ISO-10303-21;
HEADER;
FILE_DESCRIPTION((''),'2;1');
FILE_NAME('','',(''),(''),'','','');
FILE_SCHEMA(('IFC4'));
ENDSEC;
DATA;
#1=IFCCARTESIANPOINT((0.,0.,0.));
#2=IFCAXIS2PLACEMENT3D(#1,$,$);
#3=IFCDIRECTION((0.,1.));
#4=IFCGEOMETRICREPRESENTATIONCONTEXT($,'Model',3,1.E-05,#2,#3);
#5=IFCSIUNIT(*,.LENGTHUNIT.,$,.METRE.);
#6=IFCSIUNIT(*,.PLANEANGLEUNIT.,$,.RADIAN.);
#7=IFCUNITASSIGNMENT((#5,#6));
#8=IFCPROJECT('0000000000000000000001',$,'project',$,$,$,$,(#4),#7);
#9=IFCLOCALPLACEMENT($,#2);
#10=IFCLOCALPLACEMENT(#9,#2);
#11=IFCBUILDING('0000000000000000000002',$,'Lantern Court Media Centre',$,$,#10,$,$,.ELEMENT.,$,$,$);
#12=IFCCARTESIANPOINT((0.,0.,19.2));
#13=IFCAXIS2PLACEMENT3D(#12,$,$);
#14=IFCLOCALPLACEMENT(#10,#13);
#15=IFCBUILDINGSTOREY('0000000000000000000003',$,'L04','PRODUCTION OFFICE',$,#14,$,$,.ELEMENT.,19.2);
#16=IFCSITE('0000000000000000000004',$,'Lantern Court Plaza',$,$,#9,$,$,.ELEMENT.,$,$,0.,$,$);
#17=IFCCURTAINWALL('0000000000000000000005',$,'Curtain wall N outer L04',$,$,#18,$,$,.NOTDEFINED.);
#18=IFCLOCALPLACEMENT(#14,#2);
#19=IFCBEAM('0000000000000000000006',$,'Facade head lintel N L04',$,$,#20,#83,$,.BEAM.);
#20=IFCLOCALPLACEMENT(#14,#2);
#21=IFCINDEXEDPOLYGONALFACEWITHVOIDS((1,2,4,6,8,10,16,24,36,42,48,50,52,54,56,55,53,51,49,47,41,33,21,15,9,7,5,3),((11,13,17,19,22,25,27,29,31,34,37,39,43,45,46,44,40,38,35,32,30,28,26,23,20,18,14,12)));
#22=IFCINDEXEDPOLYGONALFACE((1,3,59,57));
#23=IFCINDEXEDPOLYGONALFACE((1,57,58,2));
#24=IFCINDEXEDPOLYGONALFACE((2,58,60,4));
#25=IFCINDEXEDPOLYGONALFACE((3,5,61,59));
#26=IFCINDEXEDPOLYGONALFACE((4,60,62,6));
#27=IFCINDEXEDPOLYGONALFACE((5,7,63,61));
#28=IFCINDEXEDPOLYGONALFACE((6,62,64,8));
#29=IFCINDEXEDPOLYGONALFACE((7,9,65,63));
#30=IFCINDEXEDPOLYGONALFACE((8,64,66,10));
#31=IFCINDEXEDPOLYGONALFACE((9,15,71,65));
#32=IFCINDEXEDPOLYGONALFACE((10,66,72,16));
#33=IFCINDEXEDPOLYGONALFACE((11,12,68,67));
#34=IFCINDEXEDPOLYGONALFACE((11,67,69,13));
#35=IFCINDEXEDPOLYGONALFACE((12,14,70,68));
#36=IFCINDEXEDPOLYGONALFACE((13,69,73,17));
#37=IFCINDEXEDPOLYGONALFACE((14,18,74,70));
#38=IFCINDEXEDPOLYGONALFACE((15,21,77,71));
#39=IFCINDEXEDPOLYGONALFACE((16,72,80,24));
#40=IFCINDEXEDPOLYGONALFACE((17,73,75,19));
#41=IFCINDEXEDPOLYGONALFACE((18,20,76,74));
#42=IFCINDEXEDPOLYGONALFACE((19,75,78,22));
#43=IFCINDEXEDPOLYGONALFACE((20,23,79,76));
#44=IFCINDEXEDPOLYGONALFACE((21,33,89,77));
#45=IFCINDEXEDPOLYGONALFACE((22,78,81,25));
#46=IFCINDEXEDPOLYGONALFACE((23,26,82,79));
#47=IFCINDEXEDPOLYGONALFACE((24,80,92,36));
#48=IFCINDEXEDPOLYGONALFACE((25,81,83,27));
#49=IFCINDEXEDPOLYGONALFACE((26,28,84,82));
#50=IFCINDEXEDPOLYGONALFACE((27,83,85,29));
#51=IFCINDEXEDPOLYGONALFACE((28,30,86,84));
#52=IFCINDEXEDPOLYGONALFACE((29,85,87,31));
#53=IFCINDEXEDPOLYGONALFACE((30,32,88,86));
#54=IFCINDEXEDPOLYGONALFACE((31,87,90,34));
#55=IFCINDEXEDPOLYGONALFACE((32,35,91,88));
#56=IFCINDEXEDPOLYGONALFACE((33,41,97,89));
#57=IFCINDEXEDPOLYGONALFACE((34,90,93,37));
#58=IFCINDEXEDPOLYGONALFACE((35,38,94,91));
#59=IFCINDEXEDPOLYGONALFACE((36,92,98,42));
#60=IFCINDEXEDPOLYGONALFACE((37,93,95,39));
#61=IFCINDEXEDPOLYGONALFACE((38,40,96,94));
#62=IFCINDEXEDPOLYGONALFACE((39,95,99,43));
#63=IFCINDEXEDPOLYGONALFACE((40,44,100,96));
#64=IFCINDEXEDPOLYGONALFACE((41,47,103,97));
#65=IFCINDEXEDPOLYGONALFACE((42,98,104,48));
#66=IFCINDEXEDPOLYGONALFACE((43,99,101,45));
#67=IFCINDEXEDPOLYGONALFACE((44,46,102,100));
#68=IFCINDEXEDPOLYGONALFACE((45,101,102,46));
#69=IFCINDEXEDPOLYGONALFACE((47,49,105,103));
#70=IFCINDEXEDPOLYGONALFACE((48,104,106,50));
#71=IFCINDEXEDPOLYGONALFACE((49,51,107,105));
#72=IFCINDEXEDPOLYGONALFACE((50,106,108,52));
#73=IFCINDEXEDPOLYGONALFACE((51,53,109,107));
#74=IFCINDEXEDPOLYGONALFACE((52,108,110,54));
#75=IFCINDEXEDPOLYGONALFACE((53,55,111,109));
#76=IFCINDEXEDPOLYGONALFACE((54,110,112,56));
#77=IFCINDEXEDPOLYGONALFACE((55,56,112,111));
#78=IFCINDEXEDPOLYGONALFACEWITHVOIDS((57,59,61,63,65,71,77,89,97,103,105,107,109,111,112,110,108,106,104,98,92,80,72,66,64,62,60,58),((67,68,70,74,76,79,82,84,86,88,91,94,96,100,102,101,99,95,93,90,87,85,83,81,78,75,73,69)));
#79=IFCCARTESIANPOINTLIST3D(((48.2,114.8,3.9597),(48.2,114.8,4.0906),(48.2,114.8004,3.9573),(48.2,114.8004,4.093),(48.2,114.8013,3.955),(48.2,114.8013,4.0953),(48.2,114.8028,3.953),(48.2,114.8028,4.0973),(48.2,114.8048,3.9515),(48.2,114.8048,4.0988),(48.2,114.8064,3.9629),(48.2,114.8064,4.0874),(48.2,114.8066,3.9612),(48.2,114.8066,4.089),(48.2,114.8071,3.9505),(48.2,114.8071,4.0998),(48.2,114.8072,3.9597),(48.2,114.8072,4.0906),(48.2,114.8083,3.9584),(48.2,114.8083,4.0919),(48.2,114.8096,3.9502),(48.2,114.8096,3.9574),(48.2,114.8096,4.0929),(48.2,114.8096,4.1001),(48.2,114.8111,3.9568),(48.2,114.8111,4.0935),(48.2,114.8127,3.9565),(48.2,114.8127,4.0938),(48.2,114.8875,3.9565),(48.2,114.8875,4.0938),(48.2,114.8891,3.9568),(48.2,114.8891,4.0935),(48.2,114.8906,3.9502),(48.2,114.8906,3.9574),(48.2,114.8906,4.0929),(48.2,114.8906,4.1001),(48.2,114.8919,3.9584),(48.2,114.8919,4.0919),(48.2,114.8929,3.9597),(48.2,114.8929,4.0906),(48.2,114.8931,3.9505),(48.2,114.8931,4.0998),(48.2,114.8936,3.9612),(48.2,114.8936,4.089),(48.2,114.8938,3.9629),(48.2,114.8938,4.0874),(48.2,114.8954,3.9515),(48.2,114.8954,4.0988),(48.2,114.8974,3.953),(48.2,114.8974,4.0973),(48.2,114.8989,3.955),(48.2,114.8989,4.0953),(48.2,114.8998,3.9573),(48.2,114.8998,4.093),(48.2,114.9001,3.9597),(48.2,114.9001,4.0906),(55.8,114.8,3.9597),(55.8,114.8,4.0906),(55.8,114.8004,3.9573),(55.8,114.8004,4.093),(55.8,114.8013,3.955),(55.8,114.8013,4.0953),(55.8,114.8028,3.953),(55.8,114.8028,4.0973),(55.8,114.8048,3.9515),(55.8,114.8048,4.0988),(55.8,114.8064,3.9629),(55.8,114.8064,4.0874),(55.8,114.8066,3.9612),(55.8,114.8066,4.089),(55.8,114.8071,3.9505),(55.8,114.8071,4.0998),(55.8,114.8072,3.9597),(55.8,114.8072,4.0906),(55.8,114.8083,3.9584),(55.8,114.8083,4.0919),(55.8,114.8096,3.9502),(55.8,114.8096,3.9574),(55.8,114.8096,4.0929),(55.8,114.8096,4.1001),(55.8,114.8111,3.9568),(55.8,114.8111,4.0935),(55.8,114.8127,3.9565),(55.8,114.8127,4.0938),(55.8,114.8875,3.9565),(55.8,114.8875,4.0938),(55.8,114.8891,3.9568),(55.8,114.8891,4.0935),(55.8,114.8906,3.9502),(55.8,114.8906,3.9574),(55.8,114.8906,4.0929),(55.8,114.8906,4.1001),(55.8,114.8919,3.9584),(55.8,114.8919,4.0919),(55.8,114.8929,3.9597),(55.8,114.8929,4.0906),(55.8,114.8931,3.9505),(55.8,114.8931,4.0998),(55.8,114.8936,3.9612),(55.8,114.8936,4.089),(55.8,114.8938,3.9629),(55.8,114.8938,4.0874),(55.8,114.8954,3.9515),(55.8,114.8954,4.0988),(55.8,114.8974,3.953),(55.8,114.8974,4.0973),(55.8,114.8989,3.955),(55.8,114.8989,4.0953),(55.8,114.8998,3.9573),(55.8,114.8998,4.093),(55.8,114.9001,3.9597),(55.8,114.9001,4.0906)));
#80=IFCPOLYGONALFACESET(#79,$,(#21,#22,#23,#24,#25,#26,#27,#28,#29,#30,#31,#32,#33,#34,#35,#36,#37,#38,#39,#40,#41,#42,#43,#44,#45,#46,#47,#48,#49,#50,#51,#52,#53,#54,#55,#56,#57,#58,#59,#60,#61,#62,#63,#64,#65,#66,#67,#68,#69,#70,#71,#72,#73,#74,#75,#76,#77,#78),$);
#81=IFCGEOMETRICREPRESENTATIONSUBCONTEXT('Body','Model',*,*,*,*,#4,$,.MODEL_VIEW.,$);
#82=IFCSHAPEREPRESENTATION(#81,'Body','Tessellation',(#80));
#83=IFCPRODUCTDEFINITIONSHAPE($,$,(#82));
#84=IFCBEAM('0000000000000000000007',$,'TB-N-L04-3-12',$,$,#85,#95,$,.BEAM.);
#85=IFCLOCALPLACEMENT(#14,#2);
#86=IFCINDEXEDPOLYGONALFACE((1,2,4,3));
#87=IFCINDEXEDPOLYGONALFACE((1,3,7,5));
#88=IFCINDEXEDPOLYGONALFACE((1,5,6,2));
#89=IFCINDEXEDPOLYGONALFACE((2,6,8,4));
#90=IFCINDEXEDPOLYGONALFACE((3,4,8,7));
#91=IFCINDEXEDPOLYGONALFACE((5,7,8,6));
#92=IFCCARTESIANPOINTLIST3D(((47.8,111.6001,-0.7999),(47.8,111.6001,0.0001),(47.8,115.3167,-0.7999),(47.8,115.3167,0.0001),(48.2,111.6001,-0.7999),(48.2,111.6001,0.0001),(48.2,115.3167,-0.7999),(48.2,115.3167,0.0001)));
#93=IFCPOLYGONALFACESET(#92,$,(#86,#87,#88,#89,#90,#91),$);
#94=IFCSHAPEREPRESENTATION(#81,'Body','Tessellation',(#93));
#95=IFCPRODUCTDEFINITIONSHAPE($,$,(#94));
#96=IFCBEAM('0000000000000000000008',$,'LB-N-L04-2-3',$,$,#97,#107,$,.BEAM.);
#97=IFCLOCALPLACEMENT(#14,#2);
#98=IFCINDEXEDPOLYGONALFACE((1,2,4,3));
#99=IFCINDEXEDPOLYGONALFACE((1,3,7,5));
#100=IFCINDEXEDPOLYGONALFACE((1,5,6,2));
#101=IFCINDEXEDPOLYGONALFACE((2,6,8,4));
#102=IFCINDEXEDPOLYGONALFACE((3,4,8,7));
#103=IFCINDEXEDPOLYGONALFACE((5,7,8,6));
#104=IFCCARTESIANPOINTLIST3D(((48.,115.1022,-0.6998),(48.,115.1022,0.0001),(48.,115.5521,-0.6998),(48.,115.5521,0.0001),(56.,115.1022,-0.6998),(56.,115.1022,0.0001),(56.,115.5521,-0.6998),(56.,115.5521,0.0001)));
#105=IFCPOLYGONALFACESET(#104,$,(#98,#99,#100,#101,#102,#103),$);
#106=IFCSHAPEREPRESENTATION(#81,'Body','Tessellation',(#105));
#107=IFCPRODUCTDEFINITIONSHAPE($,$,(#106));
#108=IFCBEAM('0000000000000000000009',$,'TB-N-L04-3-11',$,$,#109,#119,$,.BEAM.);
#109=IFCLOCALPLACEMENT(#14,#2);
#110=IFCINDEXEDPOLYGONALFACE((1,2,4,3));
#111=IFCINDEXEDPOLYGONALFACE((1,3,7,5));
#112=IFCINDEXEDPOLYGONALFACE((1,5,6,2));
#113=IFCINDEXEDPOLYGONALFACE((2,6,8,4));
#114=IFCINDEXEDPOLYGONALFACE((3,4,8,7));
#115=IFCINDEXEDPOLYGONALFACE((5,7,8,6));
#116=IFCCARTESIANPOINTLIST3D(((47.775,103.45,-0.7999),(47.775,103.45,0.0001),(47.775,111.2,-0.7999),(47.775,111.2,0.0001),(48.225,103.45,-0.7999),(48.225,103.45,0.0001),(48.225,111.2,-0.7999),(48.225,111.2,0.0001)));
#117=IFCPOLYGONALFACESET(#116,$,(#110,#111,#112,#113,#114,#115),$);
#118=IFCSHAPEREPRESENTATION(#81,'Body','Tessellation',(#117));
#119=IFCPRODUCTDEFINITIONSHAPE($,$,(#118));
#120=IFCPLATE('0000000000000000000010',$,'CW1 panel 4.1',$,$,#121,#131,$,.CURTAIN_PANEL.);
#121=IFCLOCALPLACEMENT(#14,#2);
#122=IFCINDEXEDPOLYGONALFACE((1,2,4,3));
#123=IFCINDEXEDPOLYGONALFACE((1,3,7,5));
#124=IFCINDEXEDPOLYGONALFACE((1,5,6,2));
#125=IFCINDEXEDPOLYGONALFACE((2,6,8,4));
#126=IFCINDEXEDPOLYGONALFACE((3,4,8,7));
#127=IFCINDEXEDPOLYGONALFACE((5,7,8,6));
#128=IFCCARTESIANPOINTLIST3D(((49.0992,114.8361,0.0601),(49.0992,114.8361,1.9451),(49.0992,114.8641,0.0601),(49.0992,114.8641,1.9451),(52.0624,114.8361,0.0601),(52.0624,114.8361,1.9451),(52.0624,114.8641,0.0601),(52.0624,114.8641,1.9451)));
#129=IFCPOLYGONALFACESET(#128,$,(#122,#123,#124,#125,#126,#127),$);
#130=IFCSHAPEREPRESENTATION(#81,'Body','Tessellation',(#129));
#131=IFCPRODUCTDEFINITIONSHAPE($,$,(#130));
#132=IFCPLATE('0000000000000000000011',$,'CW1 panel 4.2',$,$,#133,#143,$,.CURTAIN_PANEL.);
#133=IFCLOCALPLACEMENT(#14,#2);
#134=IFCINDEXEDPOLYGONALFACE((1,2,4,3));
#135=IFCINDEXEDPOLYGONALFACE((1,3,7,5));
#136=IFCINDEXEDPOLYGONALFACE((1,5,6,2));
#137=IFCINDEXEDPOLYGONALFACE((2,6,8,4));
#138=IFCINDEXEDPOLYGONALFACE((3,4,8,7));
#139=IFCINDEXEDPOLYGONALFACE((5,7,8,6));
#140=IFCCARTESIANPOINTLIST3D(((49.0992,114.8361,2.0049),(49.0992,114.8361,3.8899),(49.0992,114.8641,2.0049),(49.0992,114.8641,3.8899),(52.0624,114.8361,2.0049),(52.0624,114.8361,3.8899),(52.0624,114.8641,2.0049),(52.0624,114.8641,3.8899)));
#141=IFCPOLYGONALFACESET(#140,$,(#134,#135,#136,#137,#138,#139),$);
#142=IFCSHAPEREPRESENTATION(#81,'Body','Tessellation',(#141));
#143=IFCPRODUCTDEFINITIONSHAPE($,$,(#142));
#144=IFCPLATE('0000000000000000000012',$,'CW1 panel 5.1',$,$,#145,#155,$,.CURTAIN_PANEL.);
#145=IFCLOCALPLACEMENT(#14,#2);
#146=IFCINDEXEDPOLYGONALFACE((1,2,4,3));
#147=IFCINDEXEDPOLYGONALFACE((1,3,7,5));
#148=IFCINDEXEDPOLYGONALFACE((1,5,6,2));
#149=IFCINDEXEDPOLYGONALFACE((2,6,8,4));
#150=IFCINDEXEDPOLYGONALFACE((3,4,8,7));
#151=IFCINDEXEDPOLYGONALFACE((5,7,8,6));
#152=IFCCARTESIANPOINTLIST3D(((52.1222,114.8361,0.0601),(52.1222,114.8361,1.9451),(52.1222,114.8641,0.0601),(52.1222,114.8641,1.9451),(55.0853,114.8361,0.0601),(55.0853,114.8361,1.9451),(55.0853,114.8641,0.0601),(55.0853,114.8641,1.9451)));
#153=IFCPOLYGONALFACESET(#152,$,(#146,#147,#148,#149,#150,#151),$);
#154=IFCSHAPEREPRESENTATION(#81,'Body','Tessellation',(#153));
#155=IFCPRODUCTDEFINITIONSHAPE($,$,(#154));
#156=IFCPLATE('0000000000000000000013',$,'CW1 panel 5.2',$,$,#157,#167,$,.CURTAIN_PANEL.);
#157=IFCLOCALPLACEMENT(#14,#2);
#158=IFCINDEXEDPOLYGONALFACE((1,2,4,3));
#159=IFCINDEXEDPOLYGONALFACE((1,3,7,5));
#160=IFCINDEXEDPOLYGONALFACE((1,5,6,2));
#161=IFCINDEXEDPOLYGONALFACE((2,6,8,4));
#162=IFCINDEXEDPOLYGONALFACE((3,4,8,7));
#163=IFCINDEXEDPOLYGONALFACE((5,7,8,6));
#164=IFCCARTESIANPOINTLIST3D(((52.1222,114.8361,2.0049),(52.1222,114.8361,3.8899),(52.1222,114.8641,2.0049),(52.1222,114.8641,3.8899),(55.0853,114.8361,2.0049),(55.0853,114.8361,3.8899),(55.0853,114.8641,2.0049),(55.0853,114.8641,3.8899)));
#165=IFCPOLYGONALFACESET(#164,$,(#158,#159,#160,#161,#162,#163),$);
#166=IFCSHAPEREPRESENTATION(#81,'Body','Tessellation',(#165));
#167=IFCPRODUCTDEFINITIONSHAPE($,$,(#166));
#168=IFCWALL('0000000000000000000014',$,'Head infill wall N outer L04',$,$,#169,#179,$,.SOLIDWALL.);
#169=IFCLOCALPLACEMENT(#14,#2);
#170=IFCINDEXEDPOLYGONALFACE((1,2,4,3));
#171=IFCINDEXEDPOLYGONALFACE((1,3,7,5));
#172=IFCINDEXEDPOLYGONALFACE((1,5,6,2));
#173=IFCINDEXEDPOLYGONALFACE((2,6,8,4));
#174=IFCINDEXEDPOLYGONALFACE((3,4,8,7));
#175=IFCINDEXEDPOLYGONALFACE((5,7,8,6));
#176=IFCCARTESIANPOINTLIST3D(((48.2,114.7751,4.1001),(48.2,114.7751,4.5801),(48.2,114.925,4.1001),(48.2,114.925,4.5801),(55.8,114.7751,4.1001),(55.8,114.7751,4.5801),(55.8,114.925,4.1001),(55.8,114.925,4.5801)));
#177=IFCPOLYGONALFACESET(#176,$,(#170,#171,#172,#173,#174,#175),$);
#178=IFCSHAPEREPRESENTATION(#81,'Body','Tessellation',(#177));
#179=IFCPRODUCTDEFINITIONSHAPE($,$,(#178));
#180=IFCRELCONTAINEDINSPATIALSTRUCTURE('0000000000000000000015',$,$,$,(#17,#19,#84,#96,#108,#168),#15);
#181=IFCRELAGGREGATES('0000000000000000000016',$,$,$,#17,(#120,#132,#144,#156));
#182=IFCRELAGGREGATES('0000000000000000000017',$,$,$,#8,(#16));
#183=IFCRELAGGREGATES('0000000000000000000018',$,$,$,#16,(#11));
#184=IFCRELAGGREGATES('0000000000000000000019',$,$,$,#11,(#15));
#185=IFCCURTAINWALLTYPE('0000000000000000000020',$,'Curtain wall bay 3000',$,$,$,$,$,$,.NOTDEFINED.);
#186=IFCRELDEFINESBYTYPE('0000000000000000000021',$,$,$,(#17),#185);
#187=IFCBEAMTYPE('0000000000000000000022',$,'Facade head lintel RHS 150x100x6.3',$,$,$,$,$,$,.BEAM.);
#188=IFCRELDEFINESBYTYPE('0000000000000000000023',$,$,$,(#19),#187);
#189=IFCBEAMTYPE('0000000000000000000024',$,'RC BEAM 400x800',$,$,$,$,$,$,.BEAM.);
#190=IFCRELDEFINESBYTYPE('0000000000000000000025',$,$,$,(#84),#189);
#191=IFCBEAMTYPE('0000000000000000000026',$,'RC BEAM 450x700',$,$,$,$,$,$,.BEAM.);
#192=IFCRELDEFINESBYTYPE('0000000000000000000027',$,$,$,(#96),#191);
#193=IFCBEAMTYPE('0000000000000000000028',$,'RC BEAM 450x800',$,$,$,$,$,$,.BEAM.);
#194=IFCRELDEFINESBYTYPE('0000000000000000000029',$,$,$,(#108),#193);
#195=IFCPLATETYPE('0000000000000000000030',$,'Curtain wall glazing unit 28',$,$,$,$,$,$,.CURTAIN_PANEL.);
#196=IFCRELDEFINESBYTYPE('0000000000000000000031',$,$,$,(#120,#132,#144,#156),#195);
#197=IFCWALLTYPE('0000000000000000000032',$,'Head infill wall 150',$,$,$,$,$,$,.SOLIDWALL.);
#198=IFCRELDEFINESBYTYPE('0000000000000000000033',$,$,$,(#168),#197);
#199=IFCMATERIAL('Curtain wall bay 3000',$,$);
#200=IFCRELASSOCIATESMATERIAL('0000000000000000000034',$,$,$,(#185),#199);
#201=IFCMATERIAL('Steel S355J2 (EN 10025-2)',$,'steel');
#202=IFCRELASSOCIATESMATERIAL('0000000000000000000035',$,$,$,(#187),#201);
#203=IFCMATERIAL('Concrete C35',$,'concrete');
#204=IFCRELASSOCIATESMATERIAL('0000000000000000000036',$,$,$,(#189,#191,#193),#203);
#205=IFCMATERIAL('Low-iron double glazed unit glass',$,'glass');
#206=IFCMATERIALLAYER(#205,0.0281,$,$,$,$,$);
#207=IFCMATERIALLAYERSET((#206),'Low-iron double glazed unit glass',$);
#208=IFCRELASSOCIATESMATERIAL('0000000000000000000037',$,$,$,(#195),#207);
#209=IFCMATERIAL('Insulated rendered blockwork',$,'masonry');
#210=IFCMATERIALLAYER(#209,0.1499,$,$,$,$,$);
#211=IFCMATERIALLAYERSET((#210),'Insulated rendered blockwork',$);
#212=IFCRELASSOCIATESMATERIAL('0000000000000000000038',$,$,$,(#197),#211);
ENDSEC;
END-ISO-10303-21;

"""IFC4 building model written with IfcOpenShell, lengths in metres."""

from ifc_helpers import new_model, si_unit, direction, frame, frame_2d, origin, origin_2d, place, context, subcontext, project, spatial, rectangle, hollow_rectangle, extrude, material, layer, layer_set, material_profile, profile_set, type_object, element, aggregate, save


model = new_model("IFC4")

# Units and contexts
model_context = context("Model", 3, precision=1e-05, world=origin(), true_north=direction((0.0, 1.0)))
body_context = subcontext(model_context, "Body", "Model", "MODEL_VIEW")
ifc_project = project(units=[si_unit("LENGTHUNIT", "METRE"), si_unit("PLANEANGLEUNIT", "RADIAN")], contexts=[model_context])

# Site, building, storey
site_placement = place(None, origin())
site = spatial("IfcSite", under=ifc_project, at=site_placement, Name="Lantern Court Plaza", CompositionType="ELEMENT", RefElevation=0.0)
building_placement = place(site_placement, origin())
building = spatial("IfcBuilding", under=site, at=building_placement, Name="Lantern Court Media Centre", CompositionType="ELEMENT")
storey_placement = place(building_placement, frame((0.0, 0.0, 19.2)))
storey = spatial("IfcBuildingStorey", under=building, at=storey_placement, Name="L04", Description="PRODUCTION OFFICE", CompositionType="ELEMENT", Elevation=19.2)

# Shared definitions
ifc_material_1 = material(Name="Concrete C35", Category="concrete")

# Curtain wall
ifc_material_2 = material(Name="Curtain wall bay 3000")
curtain_wall_type = type_object("IfcCurtainWallType", Name="Curtain wall bay 3000", PredefinedType="NOTDEFINED", material=ifc_material_2)
curtain_wall_placement = place(storey_placement, origin())
curtain_wall = element("IfcCurtainWall", 1, at=curtain_wall_placement, inside=storey, type_object=curtain_wall_type, Name="Curtain wall N outer L04", PredefinedType="NOTDEFINED")

# Beams
ifc_material_3 = material(Name="Steel S355J2 (EN 10025-2)", Category="steel")
ifc_material_profile_1 = material_profile(ifc_material_3, hollow_rectangle(XDim=0.1001, YDim=0.1499, WallThickness=0.0063, InnerFilletRadius=0.0063, OuterFilletRadius=0.0095, at=origin_2d()), Name="Facade head lintel RHS 150x100x6.3")
ifc_profile_set_1 = profile_set([ifc_material_profile_1], Name="Steel S355J2 (EN 10025-2)")
beam_type_1 = type_object("IfcBeamType", Name="Facade head lintel RHS 150x100x6.3", PredefinedType="BEAM", material=ifc_profile_set_1)
beam_1_placement = place(storey_placement, frame((48.2, 114.8501, 4.0251), z_axis=(1.0, 0.0, 0.0), x_axis=(0.0, 1.0, 0.0)))
element("IfcBeam", 2, at=beam_1_placement, inside=storey, type_object=beam_type_1, Name="Facade head lintel N L04", PredefinedType="BEAM", context=body_context, shape_type="SweptSolid", body=[
    extrude(hollow_rectangle(XDim=0.1001, YDim=0.1499, WallThickness=0.0063, InnerFilletRadius=0.0063, OuterFilletRadius=0.0095, at=origin_2d()), origin(), (0.0, 0.0, 1.0), 7.6001),
])
ifc_material_profile_2 = material_profile(ifc_material_1, rectangle(XDim=0.3999, YDim=0.8, at=origin_2d()), Name="RC 400x800")
ifc_profile_set_2 = profile_set([ifc_material_profile_2], Name="Concrete C35")
beam_type_2 = type_object("IfcBeamType", Name="RC BEAM 400x800", PredefinedType="BEAM", material=ifc_profile_set_2)
beam_2_placement = place(storey_placement, frame((48.0, 111.6001, -0.3999), z_axis=(0.0, 1.0, 0.0), x_axis=(-1.0, 0.0, 0.0)))
element("IfcBeam", 3, at=beam_2_placement, inside=storey, type_object=beam_type_2, Name="TB-N-L04-3-12", PredefinedType="BEAM", context=body_context, shape_type="SweptSolid", body=[
    extrude(rectangle(XDim=0.3999, YDim=0.8, at=origin_2d()), origin(), (0.0, 0.0, 1.0), 3.7166),
])
ifc_material_profile_3 = material_profile(ifc_material_1, rectangle(XDim=0.45, YDim=0.7, at=origin_2d()), Name="RC 450x700")
ifc_profile_set_3 = profile_set([ifc_material_profile_3], Name="Concrete C35")
beam_type_3 = type_object("IfcBeamType", Name="RC BEAM 450x700", PredefinedType="BEAM", material=ifc_profile_set_3)
beam_3_placement = place(storey_placement, frame((48.0, 115.3271, -0.3499), z_axis=(1.0, 0.0, 0.0), x_axis=(0.0, 1.0, 0.0)))
element("IfcBeam", 4, at=beam_3_placement, inside=storey, type_object=beam_type_3, Name="LB-N-L04-2-3", PredefinedType="BEAM", context=body_context, shape_type="SweptSolid", body=[
    extrude(rectangle(XDim=0.45, YDim=0.7, at=origin_2d()), origin(), (0.0, 0.0, 1.0), 8.0),
])
ifc_material_profile_4 = material_profile(ifc_material_1, rectangle(XDim=0.45, YDim=0.8, at=origin_2d()), Name="RC 450x800")
ifc_profile_set_4 = profile_set([ifc_material_profile_4], Name="Concrete C35")
beam_type_4 = type_object("IfcBeamType", Name="RC BEAM 450x800", PredefinedType="BEAM", material=ifc_profile_set_4)
beam_4_placement = place(storey_placement, frame((48.0, 103.45, -0.3999), z_axis=(0.0, 1.0, 0.0), x_axis=(-1.0, 0.0, 0.0)))
element("IfcBeam", 5, at=beam_4_placement, inside=storey, type_object=beam_type_4, Name="TB-N-L04-3-11", PredefinedType="BEAM", context=body_context, shape_type="SweptSolid", body=[
    extrude(rectangle(XDim=0.45, YDim=0.8, at=origin_2d()), origin(), (0.0, 0.0, 1.0), 7.75),
])

# Plates
ifc_material_4 = material(Name="Low-iron double glazed unit glass", Category="glass")
ifc_layer_1 = layer(ifc_material_4, 0.0281)
ifc_layer_set_1 = layer_set([ifc_layer_1], Name="Low-iron double glazed unit glass")
plate_type = type_object("IfcPlateType", Name="Curtain wall glazing unit 28", PredefinedType="CURTAIN_PANEL", material=ifc_layer_set_1)
plate_1_placement = place(storey_placement, frame((50.5808, 114.8501, 0.0601), z_axis=(0.0, 0.0, 1.0), x_axis=(1.0, 0.0, 0.0)))
plate_1 = element("IfcPlate", 6, at=plate_1_placement, type_object=plate_type, Name="CW1 panel 4.1", PredefinedType="CURTAIN_PANEL", context=body_context, shape_type="SweptSolid", body=[
    extrude(rectangle(XDim=2.9631, YDim=0.0281, at=origin_2d()), origin(), (0.0, 0.0, 1.0), 1.885),
])
plate_2_placement = place(storey_placement, frame((50.5808, 114.8501, 2.0049), z_axis=(0.0, 0.0, 1.0), x_axis=(1.0, 0.0, 0.0)))
plate_2 = element("IfcPlate", 7, at=plate_2_placement, type_object=plate_type, Name="CW1 panel 4.2", PredefinedType="CURTAIN_PANEL", context=body_context, shape_type="SweptSolid", body=[
    extrude(rectangle(XDim=2.9631, YDim=0.0281, at=origin_2d()), origin(), (0.0, 0.0, 1.0), 1.885),
])
plate_3_placement = place(storey_placement, frame((53.6038, 114.8501, 0.0601), z_axis=(0.0, 0.0, 1.0), x_axis=(1.0, 0.0, 0.0)))
plate_3 = element("IfcPlate", 8, at=plate_3_placement, type_object=plate_type, Name="CW1 panel 5.1", PredefinedType="CURTAIN_PANEL", context=body_context, shape_type="SweptSolid", body=[
    extrude(rectangle(XDim=2.9631, YDim=0.0281, at=origin_2d()), origin(), (0.0, 0.0, 1.0), 1.885),
])
plate_4_placement = place(storey_placement, frame((53.6038, 114.8501, 2.0049), z_axis=(0.0, 0.0, 1.0), x_axis=(1.0, 0.0, 0.0)))
plate_4 = element("IfcPlate", 9, at=plate_4_placement, type_object=plate_type, Name="CW1 panel 5.2", PredefinedType="CURTAIN_PANEL", context=body_context, shape_type="SweptSolid", body=[
    extrude(rectangle(XDim=2.9631, YDim=0.0281, at=origin_2d()), origin(), (0.0, 0.0, 1.0), 1.885),
])
aggregate(curtain_wall, [plate_1, plate_2, plate_3, plate_4])

# Wall
ifc_material_5 = material(Name="Insulated rendered blockwork", Category="masonry")
ifc_layer_2 = layer(ifc_material_5, 0.1499)
ifc_layer_set_2 = layer_set([ifc_layer_2], Name="Insulated rendered blockwork")
wall_type = type_object("IfcWallType", Name="Head infill wall 150", PredefinedType="SOLIDWALL", material=ifc_layer_set_2)
wall_placement = place(storey_placement, frame((48.2, 114.8501, 4.1001), z_axis=(0.0, 0.0, 1.0), x_axis=(1.0, 0.0, 0.0)))
element("IfcWall", 10, at=wall_placement, inside=storey, type_object=wall_type, Name="Head infill wall N outer L04", PredefinedType="SOLIDWALL", context=body_context, shape_type="SweptSolid", body=[
    extrude(rectangle(XDim=7.6001, YDim=0.1499, at=frame_2d((3.8, 0.0))), origin(), (0.0, 0.0, 1.0), 0.48),
])

save(model, "model.ifc")
